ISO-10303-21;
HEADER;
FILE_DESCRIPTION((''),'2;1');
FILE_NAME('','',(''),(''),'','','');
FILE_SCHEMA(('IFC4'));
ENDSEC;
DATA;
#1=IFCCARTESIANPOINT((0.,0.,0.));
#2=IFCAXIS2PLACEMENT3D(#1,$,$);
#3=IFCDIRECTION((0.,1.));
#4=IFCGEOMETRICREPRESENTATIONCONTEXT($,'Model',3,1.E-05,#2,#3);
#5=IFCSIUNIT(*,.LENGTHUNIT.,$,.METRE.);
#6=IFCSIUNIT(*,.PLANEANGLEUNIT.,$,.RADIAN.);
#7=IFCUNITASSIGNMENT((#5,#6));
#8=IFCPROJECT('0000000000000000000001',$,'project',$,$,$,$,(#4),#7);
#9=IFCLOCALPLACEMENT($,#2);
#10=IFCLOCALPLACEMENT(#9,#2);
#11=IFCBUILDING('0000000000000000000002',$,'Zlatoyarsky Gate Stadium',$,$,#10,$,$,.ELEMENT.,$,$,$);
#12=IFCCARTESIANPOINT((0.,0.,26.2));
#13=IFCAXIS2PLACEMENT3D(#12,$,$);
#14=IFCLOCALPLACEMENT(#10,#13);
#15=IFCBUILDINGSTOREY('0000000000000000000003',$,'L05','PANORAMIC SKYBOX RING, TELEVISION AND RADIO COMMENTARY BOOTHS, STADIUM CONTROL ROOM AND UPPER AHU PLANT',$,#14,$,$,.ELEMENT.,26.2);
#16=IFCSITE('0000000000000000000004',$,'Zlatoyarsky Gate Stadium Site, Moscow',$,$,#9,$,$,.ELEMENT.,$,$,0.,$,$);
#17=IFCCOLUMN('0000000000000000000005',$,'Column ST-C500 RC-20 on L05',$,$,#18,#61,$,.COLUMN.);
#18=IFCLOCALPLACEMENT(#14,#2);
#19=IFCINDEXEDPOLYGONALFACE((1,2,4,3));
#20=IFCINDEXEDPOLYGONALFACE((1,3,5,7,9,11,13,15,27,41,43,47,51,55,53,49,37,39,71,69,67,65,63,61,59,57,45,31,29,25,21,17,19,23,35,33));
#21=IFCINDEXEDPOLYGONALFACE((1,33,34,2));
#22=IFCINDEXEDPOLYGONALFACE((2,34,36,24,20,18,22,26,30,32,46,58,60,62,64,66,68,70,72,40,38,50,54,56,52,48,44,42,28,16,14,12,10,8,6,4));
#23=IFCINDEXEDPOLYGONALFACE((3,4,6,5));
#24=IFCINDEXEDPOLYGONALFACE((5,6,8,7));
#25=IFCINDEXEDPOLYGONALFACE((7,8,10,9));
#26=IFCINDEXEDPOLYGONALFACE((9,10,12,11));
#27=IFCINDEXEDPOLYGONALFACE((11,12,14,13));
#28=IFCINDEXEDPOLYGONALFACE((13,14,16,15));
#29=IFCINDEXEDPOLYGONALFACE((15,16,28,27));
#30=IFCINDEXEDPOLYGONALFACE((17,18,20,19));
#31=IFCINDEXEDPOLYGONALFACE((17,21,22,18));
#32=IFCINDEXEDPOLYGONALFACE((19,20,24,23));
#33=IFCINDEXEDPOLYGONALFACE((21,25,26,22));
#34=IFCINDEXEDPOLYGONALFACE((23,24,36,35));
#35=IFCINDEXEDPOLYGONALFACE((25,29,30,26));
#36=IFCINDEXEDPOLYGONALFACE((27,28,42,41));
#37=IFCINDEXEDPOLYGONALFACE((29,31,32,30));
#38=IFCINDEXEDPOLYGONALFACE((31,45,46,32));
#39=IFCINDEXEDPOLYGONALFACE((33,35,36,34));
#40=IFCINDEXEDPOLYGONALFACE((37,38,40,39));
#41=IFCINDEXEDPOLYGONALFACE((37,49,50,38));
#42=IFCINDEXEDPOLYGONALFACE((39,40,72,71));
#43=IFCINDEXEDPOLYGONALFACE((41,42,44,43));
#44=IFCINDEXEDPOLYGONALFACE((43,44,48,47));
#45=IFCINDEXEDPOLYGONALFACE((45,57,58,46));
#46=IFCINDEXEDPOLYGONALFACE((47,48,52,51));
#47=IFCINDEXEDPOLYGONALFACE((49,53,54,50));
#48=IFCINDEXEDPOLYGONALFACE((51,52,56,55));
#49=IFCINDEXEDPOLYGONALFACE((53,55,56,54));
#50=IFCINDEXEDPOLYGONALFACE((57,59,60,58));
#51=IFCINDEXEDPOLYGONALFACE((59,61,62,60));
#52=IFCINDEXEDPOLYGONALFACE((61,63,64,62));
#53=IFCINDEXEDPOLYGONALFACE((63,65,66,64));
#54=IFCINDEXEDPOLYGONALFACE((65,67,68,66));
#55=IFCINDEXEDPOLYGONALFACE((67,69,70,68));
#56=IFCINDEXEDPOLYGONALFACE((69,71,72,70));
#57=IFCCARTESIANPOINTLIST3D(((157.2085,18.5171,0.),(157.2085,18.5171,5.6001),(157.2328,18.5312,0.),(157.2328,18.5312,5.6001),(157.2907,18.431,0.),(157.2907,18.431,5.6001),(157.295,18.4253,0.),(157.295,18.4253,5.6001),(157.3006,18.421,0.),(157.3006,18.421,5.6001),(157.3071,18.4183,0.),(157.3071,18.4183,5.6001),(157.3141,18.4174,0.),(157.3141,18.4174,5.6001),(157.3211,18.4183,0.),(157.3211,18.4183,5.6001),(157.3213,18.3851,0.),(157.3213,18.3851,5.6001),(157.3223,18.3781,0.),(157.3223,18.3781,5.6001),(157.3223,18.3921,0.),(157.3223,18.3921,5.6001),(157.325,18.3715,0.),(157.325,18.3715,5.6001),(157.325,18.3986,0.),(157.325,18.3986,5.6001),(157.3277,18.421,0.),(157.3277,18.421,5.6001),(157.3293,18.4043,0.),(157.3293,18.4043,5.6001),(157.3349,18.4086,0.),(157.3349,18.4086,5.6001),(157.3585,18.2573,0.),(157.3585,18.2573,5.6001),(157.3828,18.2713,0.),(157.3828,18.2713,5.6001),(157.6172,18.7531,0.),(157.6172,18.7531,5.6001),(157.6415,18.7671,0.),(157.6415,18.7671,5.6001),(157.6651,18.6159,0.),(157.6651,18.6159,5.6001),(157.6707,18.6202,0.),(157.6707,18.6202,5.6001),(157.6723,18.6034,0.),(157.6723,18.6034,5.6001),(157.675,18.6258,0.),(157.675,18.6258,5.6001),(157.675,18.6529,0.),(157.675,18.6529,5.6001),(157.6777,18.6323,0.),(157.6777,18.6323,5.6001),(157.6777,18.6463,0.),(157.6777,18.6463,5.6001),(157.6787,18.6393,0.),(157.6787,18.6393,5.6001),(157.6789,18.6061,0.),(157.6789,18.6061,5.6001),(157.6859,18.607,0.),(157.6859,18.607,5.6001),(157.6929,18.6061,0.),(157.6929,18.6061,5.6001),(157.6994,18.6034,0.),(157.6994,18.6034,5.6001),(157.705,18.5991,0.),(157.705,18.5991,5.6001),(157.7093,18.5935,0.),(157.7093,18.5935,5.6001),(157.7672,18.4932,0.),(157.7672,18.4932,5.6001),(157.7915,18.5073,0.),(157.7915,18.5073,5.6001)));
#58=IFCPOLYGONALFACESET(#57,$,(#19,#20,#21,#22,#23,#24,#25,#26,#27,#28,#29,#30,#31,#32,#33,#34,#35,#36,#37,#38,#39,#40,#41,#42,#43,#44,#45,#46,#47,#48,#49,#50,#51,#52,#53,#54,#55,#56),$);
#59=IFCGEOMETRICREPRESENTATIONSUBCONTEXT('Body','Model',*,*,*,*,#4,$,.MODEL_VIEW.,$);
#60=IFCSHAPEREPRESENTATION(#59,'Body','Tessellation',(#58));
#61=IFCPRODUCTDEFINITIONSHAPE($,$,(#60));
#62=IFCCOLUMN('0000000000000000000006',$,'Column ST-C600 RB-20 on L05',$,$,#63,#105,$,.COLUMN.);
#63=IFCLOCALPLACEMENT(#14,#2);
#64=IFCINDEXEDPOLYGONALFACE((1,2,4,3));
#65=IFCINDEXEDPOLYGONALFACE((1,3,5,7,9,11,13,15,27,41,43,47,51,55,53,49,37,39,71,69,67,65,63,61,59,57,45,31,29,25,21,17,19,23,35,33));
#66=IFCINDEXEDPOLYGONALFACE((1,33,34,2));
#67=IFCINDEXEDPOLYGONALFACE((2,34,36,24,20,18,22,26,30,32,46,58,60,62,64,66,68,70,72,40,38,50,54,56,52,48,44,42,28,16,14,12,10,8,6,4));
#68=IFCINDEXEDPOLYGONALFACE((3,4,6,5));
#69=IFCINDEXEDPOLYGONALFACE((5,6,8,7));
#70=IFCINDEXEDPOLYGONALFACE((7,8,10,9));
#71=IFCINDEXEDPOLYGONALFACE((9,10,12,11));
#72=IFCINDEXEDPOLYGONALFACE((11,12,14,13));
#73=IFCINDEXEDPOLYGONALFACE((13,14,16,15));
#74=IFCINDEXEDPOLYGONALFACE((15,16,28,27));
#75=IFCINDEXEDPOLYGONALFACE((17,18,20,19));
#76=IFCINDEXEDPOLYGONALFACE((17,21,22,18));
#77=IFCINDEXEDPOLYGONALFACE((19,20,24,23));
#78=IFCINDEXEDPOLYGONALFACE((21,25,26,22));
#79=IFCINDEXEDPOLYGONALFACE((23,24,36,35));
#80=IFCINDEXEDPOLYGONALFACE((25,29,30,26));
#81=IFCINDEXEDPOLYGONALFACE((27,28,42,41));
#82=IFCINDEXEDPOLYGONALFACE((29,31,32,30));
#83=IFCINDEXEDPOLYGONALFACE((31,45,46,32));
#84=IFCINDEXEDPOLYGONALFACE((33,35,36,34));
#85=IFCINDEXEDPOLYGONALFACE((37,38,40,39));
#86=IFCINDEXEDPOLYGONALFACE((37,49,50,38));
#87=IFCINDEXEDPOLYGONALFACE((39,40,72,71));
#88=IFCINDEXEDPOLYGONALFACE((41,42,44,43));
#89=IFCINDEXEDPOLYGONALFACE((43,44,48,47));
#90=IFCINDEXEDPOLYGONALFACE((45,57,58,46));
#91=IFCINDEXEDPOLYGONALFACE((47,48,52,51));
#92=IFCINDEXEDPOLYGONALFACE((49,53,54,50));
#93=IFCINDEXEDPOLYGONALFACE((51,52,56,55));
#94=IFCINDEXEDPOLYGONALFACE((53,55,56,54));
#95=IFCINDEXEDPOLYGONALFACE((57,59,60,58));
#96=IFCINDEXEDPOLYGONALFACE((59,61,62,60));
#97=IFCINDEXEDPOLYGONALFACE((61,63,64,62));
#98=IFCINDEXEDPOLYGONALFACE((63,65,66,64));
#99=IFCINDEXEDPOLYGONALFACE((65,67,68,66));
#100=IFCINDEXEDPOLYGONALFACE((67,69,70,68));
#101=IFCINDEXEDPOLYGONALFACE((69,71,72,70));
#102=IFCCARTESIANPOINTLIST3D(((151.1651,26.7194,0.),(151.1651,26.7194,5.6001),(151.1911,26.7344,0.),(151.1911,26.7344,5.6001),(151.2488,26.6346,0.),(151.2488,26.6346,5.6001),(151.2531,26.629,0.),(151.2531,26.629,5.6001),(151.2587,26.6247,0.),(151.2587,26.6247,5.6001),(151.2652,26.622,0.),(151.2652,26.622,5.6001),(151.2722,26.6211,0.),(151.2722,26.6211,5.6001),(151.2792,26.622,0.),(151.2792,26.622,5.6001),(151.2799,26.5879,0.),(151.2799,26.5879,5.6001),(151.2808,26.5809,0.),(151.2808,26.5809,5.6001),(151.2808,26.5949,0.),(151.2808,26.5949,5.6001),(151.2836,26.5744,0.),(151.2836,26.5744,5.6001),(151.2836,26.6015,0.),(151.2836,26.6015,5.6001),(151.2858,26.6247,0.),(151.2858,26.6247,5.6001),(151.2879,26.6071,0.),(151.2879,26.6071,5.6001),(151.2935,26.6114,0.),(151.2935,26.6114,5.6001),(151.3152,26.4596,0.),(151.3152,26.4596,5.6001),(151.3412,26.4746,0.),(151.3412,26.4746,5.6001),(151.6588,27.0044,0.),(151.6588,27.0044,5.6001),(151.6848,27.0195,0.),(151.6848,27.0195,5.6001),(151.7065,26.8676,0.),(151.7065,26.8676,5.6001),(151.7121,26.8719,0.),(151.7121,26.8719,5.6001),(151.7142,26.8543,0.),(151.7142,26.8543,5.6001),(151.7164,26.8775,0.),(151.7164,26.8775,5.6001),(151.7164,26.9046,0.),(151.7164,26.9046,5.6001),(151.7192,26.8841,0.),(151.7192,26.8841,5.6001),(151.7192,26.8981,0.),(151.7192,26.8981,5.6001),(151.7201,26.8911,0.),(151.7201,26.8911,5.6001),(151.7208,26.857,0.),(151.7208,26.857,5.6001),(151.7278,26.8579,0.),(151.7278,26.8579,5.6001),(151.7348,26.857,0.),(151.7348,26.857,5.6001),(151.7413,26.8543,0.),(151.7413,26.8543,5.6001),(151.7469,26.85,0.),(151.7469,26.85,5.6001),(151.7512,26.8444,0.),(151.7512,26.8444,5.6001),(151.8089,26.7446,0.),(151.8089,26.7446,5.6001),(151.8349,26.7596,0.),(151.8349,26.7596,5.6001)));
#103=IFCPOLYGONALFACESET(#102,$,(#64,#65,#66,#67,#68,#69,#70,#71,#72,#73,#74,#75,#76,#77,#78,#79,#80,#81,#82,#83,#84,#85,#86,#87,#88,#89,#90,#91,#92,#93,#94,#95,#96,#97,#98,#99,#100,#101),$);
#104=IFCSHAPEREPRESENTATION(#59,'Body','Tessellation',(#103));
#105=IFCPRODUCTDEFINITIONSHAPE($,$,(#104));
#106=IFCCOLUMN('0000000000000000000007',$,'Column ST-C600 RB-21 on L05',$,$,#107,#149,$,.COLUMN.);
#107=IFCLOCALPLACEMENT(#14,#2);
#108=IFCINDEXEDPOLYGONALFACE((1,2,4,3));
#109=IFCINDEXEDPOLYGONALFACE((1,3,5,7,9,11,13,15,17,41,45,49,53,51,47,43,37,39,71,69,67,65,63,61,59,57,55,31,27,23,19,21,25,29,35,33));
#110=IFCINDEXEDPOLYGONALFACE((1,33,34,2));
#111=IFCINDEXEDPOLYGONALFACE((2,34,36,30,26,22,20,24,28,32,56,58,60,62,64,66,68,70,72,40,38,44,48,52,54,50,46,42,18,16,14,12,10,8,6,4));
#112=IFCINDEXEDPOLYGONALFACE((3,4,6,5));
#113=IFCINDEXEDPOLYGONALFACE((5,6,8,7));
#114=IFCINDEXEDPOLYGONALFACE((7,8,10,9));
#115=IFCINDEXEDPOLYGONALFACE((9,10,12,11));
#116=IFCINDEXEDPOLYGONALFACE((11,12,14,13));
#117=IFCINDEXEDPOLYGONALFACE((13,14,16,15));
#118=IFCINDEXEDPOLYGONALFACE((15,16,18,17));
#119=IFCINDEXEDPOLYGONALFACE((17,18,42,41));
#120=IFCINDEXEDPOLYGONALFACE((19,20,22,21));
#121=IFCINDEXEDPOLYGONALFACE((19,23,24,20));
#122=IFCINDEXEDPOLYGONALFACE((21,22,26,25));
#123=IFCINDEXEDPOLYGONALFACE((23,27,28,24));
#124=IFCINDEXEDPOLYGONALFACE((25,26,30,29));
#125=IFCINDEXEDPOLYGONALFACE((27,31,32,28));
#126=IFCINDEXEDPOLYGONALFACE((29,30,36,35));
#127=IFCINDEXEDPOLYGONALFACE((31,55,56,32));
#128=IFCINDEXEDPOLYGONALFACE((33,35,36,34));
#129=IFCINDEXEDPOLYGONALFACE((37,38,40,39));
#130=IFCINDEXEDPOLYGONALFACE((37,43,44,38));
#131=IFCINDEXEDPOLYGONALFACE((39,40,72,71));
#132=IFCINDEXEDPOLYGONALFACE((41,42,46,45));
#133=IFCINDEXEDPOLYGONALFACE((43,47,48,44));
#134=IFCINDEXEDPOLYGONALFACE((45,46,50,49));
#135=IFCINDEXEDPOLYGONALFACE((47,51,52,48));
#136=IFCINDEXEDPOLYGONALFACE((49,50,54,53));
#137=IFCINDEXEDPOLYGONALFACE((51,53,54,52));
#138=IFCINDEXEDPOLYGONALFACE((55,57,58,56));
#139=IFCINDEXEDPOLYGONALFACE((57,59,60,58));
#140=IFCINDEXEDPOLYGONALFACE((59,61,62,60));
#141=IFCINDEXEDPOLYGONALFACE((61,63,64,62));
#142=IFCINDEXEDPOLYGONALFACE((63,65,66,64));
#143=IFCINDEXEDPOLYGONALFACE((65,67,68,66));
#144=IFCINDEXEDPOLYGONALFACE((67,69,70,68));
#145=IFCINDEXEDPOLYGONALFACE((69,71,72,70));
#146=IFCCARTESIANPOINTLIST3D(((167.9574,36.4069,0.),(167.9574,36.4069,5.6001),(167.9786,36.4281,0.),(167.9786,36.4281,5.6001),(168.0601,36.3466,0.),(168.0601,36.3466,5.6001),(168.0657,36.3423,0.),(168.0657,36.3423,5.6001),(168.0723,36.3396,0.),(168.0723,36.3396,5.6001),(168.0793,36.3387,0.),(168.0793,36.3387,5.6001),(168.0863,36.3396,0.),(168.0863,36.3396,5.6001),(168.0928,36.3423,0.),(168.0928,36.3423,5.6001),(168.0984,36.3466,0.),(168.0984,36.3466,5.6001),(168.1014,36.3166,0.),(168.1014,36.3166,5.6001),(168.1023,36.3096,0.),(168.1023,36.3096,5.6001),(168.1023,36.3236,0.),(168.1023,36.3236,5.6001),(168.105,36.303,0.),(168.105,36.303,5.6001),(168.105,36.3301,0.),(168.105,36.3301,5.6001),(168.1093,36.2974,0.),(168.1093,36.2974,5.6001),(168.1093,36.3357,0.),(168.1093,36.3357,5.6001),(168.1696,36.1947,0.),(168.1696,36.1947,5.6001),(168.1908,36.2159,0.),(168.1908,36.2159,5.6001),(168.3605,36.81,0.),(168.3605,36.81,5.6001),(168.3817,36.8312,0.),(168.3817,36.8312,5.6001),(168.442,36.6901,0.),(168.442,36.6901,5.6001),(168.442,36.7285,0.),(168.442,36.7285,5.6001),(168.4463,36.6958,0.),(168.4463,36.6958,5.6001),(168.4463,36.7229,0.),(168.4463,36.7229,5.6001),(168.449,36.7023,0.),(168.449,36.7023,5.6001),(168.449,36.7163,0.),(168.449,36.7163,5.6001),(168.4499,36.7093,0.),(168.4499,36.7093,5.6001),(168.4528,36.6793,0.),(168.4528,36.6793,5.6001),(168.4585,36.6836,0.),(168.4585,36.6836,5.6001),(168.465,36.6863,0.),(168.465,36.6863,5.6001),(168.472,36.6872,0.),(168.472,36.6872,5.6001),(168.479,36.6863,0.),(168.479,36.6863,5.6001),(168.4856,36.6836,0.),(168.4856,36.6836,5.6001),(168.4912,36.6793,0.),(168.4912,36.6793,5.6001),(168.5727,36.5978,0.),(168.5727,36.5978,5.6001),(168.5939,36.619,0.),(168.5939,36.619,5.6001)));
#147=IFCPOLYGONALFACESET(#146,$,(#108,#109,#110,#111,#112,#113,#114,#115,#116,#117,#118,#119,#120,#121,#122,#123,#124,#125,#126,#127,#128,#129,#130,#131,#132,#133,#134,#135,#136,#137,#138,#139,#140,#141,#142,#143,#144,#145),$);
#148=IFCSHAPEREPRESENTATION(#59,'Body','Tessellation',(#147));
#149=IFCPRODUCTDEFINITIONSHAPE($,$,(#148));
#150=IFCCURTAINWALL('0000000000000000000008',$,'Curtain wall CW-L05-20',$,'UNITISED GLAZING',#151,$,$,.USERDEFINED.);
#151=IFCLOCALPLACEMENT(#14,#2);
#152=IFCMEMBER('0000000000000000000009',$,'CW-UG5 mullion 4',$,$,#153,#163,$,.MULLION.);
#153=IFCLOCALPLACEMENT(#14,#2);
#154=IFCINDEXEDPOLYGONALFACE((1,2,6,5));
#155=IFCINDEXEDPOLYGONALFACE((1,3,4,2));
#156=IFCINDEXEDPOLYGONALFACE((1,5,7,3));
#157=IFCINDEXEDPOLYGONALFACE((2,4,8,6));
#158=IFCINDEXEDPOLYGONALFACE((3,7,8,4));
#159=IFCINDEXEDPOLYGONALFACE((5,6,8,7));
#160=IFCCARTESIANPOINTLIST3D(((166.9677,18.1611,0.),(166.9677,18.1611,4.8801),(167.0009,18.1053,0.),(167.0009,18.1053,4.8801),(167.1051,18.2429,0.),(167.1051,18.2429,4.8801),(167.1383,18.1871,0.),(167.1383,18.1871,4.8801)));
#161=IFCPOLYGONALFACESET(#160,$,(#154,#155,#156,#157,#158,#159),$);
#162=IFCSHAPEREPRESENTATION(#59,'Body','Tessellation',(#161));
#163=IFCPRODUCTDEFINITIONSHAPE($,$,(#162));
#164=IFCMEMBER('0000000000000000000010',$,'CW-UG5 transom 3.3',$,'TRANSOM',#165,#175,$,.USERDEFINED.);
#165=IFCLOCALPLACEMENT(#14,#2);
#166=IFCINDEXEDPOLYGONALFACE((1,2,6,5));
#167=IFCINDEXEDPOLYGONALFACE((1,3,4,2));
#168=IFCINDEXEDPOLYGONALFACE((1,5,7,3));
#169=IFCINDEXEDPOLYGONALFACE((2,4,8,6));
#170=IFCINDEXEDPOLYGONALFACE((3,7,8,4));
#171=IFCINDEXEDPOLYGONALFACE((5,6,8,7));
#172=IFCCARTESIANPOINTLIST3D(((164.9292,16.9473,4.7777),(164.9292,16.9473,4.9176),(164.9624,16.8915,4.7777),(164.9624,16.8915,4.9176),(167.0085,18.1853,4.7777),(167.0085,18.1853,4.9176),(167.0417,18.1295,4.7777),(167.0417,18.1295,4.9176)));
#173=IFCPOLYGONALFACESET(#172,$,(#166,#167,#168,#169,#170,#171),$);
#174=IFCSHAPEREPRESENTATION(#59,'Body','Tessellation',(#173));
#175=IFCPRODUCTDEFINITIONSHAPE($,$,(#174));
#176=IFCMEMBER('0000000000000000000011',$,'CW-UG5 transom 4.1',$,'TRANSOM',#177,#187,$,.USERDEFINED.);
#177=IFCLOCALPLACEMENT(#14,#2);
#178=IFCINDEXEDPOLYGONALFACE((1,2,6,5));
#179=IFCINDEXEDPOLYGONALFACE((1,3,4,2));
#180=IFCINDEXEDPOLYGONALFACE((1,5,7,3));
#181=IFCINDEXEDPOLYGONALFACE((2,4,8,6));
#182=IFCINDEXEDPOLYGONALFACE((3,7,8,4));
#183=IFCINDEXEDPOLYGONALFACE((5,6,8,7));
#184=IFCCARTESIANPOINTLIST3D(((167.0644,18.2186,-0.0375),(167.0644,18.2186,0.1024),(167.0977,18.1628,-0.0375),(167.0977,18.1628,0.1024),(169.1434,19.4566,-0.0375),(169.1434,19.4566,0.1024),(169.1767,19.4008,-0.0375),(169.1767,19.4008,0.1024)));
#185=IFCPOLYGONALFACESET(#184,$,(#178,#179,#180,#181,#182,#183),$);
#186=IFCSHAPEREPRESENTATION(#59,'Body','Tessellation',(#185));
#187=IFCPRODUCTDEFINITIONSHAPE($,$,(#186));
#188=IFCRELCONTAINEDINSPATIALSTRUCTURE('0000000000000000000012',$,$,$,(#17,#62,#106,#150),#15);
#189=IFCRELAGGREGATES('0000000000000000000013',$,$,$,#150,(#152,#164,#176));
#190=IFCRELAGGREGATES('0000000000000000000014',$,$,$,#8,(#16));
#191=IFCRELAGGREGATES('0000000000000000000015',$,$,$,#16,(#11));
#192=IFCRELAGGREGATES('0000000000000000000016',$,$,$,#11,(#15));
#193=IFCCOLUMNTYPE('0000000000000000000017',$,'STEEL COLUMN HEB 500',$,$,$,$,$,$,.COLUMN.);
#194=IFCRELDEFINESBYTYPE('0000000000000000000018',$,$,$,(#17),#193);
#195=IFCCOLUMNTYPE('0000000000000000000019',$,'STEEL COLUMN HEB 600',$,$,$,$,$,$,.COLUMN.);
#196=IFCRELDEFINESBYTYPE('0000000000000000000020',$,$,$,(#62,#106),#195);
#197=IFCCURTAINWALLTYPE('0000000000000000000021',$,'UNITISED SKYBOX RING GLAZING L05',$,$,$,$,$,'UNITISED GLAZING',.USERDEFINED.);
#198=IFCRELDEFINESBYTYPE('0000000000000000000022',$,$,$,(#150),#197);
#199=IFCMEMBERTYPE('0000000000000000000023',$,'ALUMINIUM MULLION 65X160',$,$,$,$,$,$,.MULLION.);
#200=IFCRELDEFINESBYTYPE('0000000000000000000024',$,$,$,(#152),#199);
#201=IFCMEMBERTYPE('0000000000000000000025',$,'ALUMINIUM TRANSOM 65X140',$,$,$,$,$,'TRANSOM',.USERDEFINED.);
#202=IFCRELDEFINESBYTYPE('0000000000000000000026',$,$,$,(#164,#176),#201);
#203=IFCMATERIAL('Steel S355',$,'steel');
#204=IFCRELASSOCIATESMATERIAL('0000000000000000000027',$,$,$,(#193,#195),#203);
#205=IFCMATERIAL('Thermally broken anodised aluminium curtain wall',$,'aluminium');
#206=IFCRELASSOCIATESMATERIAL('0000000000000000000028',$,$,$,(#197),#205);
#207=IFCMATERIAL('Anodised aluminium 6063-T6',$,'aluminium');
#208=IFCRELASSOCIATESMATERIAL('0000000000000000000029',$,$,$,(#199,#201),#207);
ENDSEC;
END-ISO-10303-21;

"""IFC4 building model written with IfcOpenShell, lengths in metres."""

from ifc_helpers import new_model, si_unit, direction, frame, origin, origin_2d, place, context, subcontext, project, spatial, rectangle, i_section, extrude, material, material_profile, profile_set, type_object, element, aggregate, save


model = new_model("IFC4")

# Units and contexts
model_context = context("Model", 3, precision=1e-05, world=origin(), true_north=direction((0.0, 1.0)))
body_context = subcontext(model_context, "Body", "Model", "MODEL_VIEW")
ifc_project = project(units=[si_unit("LENGTHUNIT", "METRE"), si_unit("PLANEANGLEUNIT", "RADIAN")], contexts=[model_context])

# Site, building, storey
site_placement = place(None, origin())
site = spatial("IfcSite", under=ifc_project, at=site_placement, Name="Zlatoyarsky Gate Stadium Site, Moscow", CompositionType="ELEMENT", RefElevation=0.0)
building_placement = place(site_placement, origin())
building = spatial("IfcBuilding", under=site, at=building_placement, Name="Zlatoyarsky Gate Stadium", CompositionType="ELEMENT")
storey_placement = place(building_placement, frame((0.0, 0.0, 26.2)))
storey = spatial("IfcBuildingStorey", under=building, at=storey_placement, Name="L05", Description="PANORAMIC SKYBOX RING, TELEVISION AND RADIO COMMENTARY BOOTHS, STADIUM CONTROL ROOM AND UPPER AHU PLANT", CompositionType="ELEMENT", Elevation=26.2)

# Columns
ifc_material_1 = material(Name="Steel S355", Category="steel")
ifc_material_profile_1 = material_profile(ifc_material_1, i_section(OverallWidth=0.3, OverallDepth=0.5, WebThickness=0.0144, FlangeThickness=0.0281, FilletRadius=0.0271, at=origin_2d()), Name="HEB 500")
ifc_profile_set_1 = profile_set([ifc_material_profile_1], Name="Steel S355")
column_type_1 = type_object("IfcColumnType", Name="STEEL COLUMN HEB 500", PredefinedType="COLUMN", material=ifc_profile_set_1)
column_placement = place(storey_placement, frame((157.5, 18.5122, 0.0), z_axis=(0.0, 0.0, 1.0), x_axis=(0.5, -0.866025, 0.0)))
element("IfcColumn", 1, at=column_placement, inside=storey, type_object=column_type_1, Name="Column ST-C500 RC-20 on L05", PredefinedType="COLUMN", context=body_context, shape_type="SweptSolid", body=[
    extrude(i_section(OverallWidth=0.3, OverallDepth=0.5, WebThickness=0.0144, FlangeThickness=0.0281, FilletRadius=0.0271, at=origin_2d()), origin(), (0.0, 0.0, 1.0), 5.6001),
])
ifc_material_profile_2 = material_profile(ifc_material_1, i_section(OverallWidth=0.3, OverallDepth=0.6001, WebThickness=0.0154, FlangeThickness=0.03, FilletRadius=0.0271, at=origin_2d()), Name="HEB 600")
ifc_profile_set_2 = profile_set([ifc_material_profile_2], Name="Steel S355")
column_type_2 = type_object("IfcColumnType", Name="STEEL COLUMN HEB 600", PredefinedType="COLUMN", material=ifc_profile_set_2)
for number, where, z_axis, x_axis, name in (
    (2, (151.5, 26.7395, 0.0), (0.0, 0.0, 1.0), (0.5, -0.866025, 0.0), "Column ST-C600 RB-20 on L05"),
    (3, (168.2756, 36.5129, 0.0), (0.0, 0.0, 1.0), (0.707107, -0.707107, 0.0), "Column ST-C600 RB-21 on L05"),
):
    element("IfcColumn", number, at=place(storey_placement, frame(where, z_axis=z_axis, x_axis=x_axis)), inside=storey, type_object=column_type_2, Name=name, PredefinedType="COLUMN", context=body_context, shape_type="SweptSolid", body=[
        extrude(i_section(OverallWidth=0.3, OverallDepth=0.6001, WebThickness=0.0154, FlangeThickness=0.03, FilletRadius=0.0271, at=origin_2d()), origin(), (0.0, 0.0, 1.0), 5.6001),
    ])

# Curtain wall, members
ifc_material_2 = material(Name="Thermally broken anodised aluminium curtain wall", Category="aluminium")
curtain_wall_type = type_object("IfcCurtainWallType", Name="UNITISED SKYBOX RING GLAZING L05", ElementType="UNITISED GLAZING", PredefinedType="USERDEFINED", material=ifc_material_2)
curtain_wall_placement = place(storey_placement, origin())
curtain_wall = element("IfcCurtainWall", 4, at=curtain_wall_placement, inside=storey, type_object=curtain_wall_type, Name="Curtain wall CW-L05-20", ObjectType="UNITISED GLAZING", PredefinedType="USERDEFINED")
ifc_material_3 = material(Name="Anodised aluminium 6063-T6", Category="aluminium")
ifc_material_profile_3 = material_profile(ifc_material_3, rectangle(XDim=0.0649, YDim=0.1599, at=origin_2d()), Name="ALU 65X160")
ifc_profile_set_3 = profile_set([ifc_material_profile_3], Name="Anodised aluminium 6063-T6")
member_type_1 = type_object("IfcMemberType", Name="ALUMINIUM MULLION 65X160", PredefinedType="MULLION", material=ifc_profile_set_3)
member_1_placement = place(storey_placement, frame((167.053, 18.1741, 0.0), z_axis=(0.0, 0.0, 1.0), x_axis=(-0.511577, 0.859237, 0.0)))
member_1 = element("IfcMember", 5, at=member_1_placement, type_object=member_type_1, Name="CW-UG5 mullion 4", PredefinedType="MULLION", context=body_context, shape_type="SweptSolid", body=[
    extrude(rectangle(XDim=0.0649, YDim=0.1599, at=origin_2d()), origin(), (0.0, 0.0, 1.0), 4.8801),
])
ifc_material_profile_4 = material_profile(ifc_material_3, rectangle(XDim=0.0649, YDim=0.1399, at=origin_2d()), Name="ALU 65X140")
ifc_profile_set_4 = profile_set([ifc_material_profile_4], Name="Anodised aluminium 6063-T6")
member_type_2 = type_object("IfcMemberType", Name="ALUMINIUM TRANSOM 65X140", ElementType="TRANSOM", PredefinedType="USERDEFINED", material=ifc_profile_set_4)
member_2_placement = place(storey_placement, frame((164.9458, 16.9194, 4.8477), z_axis=(0.859233, 0.511585, 0.0), x_axis=(-0.511585, 0.859233, 0.0)))
member_2 = element("IfcMember", 6, at=member_2_placement, type_object=member_type_2, Name="CW-UG5 transom 3.3", ObjectType="TRANSOM", PredefinedType="USERDEFINED", context=body_context, shape_type="SweptSolid", body=[
    extrude(rectangle(XDim=0.0649, YDim=0.1399, at=origin_2d()), origin(), (0.0, 0.0, 1.0), 2.4199),
])
member_3_placement = place(storey_placement, frame((167.0811, 18.1907, 0.0325), z_axis=(0.859206, 0.511629, 0.0), x_axis=(-0.511629, 0.859206, 0.0)))
member_3 = element("IfcMember", 7, at=member_3_placement, type_object=member_type_2, Name="CW-UG5 transom 4.1", ObjectType="TRANSOM", PredefinedType="USERDEFINED", context=body_context, shape_type="SweptSolid", body=[
    extrude(rectangle(XDim=0.0649, YDim=0.1399, at=origin_2d()), origin(), (0.0, 0.0, 1.0), 2.4197),
])

aggregate(curtain_wall, [member_1, member_2, member_3])

save(model, "model.ifc")
